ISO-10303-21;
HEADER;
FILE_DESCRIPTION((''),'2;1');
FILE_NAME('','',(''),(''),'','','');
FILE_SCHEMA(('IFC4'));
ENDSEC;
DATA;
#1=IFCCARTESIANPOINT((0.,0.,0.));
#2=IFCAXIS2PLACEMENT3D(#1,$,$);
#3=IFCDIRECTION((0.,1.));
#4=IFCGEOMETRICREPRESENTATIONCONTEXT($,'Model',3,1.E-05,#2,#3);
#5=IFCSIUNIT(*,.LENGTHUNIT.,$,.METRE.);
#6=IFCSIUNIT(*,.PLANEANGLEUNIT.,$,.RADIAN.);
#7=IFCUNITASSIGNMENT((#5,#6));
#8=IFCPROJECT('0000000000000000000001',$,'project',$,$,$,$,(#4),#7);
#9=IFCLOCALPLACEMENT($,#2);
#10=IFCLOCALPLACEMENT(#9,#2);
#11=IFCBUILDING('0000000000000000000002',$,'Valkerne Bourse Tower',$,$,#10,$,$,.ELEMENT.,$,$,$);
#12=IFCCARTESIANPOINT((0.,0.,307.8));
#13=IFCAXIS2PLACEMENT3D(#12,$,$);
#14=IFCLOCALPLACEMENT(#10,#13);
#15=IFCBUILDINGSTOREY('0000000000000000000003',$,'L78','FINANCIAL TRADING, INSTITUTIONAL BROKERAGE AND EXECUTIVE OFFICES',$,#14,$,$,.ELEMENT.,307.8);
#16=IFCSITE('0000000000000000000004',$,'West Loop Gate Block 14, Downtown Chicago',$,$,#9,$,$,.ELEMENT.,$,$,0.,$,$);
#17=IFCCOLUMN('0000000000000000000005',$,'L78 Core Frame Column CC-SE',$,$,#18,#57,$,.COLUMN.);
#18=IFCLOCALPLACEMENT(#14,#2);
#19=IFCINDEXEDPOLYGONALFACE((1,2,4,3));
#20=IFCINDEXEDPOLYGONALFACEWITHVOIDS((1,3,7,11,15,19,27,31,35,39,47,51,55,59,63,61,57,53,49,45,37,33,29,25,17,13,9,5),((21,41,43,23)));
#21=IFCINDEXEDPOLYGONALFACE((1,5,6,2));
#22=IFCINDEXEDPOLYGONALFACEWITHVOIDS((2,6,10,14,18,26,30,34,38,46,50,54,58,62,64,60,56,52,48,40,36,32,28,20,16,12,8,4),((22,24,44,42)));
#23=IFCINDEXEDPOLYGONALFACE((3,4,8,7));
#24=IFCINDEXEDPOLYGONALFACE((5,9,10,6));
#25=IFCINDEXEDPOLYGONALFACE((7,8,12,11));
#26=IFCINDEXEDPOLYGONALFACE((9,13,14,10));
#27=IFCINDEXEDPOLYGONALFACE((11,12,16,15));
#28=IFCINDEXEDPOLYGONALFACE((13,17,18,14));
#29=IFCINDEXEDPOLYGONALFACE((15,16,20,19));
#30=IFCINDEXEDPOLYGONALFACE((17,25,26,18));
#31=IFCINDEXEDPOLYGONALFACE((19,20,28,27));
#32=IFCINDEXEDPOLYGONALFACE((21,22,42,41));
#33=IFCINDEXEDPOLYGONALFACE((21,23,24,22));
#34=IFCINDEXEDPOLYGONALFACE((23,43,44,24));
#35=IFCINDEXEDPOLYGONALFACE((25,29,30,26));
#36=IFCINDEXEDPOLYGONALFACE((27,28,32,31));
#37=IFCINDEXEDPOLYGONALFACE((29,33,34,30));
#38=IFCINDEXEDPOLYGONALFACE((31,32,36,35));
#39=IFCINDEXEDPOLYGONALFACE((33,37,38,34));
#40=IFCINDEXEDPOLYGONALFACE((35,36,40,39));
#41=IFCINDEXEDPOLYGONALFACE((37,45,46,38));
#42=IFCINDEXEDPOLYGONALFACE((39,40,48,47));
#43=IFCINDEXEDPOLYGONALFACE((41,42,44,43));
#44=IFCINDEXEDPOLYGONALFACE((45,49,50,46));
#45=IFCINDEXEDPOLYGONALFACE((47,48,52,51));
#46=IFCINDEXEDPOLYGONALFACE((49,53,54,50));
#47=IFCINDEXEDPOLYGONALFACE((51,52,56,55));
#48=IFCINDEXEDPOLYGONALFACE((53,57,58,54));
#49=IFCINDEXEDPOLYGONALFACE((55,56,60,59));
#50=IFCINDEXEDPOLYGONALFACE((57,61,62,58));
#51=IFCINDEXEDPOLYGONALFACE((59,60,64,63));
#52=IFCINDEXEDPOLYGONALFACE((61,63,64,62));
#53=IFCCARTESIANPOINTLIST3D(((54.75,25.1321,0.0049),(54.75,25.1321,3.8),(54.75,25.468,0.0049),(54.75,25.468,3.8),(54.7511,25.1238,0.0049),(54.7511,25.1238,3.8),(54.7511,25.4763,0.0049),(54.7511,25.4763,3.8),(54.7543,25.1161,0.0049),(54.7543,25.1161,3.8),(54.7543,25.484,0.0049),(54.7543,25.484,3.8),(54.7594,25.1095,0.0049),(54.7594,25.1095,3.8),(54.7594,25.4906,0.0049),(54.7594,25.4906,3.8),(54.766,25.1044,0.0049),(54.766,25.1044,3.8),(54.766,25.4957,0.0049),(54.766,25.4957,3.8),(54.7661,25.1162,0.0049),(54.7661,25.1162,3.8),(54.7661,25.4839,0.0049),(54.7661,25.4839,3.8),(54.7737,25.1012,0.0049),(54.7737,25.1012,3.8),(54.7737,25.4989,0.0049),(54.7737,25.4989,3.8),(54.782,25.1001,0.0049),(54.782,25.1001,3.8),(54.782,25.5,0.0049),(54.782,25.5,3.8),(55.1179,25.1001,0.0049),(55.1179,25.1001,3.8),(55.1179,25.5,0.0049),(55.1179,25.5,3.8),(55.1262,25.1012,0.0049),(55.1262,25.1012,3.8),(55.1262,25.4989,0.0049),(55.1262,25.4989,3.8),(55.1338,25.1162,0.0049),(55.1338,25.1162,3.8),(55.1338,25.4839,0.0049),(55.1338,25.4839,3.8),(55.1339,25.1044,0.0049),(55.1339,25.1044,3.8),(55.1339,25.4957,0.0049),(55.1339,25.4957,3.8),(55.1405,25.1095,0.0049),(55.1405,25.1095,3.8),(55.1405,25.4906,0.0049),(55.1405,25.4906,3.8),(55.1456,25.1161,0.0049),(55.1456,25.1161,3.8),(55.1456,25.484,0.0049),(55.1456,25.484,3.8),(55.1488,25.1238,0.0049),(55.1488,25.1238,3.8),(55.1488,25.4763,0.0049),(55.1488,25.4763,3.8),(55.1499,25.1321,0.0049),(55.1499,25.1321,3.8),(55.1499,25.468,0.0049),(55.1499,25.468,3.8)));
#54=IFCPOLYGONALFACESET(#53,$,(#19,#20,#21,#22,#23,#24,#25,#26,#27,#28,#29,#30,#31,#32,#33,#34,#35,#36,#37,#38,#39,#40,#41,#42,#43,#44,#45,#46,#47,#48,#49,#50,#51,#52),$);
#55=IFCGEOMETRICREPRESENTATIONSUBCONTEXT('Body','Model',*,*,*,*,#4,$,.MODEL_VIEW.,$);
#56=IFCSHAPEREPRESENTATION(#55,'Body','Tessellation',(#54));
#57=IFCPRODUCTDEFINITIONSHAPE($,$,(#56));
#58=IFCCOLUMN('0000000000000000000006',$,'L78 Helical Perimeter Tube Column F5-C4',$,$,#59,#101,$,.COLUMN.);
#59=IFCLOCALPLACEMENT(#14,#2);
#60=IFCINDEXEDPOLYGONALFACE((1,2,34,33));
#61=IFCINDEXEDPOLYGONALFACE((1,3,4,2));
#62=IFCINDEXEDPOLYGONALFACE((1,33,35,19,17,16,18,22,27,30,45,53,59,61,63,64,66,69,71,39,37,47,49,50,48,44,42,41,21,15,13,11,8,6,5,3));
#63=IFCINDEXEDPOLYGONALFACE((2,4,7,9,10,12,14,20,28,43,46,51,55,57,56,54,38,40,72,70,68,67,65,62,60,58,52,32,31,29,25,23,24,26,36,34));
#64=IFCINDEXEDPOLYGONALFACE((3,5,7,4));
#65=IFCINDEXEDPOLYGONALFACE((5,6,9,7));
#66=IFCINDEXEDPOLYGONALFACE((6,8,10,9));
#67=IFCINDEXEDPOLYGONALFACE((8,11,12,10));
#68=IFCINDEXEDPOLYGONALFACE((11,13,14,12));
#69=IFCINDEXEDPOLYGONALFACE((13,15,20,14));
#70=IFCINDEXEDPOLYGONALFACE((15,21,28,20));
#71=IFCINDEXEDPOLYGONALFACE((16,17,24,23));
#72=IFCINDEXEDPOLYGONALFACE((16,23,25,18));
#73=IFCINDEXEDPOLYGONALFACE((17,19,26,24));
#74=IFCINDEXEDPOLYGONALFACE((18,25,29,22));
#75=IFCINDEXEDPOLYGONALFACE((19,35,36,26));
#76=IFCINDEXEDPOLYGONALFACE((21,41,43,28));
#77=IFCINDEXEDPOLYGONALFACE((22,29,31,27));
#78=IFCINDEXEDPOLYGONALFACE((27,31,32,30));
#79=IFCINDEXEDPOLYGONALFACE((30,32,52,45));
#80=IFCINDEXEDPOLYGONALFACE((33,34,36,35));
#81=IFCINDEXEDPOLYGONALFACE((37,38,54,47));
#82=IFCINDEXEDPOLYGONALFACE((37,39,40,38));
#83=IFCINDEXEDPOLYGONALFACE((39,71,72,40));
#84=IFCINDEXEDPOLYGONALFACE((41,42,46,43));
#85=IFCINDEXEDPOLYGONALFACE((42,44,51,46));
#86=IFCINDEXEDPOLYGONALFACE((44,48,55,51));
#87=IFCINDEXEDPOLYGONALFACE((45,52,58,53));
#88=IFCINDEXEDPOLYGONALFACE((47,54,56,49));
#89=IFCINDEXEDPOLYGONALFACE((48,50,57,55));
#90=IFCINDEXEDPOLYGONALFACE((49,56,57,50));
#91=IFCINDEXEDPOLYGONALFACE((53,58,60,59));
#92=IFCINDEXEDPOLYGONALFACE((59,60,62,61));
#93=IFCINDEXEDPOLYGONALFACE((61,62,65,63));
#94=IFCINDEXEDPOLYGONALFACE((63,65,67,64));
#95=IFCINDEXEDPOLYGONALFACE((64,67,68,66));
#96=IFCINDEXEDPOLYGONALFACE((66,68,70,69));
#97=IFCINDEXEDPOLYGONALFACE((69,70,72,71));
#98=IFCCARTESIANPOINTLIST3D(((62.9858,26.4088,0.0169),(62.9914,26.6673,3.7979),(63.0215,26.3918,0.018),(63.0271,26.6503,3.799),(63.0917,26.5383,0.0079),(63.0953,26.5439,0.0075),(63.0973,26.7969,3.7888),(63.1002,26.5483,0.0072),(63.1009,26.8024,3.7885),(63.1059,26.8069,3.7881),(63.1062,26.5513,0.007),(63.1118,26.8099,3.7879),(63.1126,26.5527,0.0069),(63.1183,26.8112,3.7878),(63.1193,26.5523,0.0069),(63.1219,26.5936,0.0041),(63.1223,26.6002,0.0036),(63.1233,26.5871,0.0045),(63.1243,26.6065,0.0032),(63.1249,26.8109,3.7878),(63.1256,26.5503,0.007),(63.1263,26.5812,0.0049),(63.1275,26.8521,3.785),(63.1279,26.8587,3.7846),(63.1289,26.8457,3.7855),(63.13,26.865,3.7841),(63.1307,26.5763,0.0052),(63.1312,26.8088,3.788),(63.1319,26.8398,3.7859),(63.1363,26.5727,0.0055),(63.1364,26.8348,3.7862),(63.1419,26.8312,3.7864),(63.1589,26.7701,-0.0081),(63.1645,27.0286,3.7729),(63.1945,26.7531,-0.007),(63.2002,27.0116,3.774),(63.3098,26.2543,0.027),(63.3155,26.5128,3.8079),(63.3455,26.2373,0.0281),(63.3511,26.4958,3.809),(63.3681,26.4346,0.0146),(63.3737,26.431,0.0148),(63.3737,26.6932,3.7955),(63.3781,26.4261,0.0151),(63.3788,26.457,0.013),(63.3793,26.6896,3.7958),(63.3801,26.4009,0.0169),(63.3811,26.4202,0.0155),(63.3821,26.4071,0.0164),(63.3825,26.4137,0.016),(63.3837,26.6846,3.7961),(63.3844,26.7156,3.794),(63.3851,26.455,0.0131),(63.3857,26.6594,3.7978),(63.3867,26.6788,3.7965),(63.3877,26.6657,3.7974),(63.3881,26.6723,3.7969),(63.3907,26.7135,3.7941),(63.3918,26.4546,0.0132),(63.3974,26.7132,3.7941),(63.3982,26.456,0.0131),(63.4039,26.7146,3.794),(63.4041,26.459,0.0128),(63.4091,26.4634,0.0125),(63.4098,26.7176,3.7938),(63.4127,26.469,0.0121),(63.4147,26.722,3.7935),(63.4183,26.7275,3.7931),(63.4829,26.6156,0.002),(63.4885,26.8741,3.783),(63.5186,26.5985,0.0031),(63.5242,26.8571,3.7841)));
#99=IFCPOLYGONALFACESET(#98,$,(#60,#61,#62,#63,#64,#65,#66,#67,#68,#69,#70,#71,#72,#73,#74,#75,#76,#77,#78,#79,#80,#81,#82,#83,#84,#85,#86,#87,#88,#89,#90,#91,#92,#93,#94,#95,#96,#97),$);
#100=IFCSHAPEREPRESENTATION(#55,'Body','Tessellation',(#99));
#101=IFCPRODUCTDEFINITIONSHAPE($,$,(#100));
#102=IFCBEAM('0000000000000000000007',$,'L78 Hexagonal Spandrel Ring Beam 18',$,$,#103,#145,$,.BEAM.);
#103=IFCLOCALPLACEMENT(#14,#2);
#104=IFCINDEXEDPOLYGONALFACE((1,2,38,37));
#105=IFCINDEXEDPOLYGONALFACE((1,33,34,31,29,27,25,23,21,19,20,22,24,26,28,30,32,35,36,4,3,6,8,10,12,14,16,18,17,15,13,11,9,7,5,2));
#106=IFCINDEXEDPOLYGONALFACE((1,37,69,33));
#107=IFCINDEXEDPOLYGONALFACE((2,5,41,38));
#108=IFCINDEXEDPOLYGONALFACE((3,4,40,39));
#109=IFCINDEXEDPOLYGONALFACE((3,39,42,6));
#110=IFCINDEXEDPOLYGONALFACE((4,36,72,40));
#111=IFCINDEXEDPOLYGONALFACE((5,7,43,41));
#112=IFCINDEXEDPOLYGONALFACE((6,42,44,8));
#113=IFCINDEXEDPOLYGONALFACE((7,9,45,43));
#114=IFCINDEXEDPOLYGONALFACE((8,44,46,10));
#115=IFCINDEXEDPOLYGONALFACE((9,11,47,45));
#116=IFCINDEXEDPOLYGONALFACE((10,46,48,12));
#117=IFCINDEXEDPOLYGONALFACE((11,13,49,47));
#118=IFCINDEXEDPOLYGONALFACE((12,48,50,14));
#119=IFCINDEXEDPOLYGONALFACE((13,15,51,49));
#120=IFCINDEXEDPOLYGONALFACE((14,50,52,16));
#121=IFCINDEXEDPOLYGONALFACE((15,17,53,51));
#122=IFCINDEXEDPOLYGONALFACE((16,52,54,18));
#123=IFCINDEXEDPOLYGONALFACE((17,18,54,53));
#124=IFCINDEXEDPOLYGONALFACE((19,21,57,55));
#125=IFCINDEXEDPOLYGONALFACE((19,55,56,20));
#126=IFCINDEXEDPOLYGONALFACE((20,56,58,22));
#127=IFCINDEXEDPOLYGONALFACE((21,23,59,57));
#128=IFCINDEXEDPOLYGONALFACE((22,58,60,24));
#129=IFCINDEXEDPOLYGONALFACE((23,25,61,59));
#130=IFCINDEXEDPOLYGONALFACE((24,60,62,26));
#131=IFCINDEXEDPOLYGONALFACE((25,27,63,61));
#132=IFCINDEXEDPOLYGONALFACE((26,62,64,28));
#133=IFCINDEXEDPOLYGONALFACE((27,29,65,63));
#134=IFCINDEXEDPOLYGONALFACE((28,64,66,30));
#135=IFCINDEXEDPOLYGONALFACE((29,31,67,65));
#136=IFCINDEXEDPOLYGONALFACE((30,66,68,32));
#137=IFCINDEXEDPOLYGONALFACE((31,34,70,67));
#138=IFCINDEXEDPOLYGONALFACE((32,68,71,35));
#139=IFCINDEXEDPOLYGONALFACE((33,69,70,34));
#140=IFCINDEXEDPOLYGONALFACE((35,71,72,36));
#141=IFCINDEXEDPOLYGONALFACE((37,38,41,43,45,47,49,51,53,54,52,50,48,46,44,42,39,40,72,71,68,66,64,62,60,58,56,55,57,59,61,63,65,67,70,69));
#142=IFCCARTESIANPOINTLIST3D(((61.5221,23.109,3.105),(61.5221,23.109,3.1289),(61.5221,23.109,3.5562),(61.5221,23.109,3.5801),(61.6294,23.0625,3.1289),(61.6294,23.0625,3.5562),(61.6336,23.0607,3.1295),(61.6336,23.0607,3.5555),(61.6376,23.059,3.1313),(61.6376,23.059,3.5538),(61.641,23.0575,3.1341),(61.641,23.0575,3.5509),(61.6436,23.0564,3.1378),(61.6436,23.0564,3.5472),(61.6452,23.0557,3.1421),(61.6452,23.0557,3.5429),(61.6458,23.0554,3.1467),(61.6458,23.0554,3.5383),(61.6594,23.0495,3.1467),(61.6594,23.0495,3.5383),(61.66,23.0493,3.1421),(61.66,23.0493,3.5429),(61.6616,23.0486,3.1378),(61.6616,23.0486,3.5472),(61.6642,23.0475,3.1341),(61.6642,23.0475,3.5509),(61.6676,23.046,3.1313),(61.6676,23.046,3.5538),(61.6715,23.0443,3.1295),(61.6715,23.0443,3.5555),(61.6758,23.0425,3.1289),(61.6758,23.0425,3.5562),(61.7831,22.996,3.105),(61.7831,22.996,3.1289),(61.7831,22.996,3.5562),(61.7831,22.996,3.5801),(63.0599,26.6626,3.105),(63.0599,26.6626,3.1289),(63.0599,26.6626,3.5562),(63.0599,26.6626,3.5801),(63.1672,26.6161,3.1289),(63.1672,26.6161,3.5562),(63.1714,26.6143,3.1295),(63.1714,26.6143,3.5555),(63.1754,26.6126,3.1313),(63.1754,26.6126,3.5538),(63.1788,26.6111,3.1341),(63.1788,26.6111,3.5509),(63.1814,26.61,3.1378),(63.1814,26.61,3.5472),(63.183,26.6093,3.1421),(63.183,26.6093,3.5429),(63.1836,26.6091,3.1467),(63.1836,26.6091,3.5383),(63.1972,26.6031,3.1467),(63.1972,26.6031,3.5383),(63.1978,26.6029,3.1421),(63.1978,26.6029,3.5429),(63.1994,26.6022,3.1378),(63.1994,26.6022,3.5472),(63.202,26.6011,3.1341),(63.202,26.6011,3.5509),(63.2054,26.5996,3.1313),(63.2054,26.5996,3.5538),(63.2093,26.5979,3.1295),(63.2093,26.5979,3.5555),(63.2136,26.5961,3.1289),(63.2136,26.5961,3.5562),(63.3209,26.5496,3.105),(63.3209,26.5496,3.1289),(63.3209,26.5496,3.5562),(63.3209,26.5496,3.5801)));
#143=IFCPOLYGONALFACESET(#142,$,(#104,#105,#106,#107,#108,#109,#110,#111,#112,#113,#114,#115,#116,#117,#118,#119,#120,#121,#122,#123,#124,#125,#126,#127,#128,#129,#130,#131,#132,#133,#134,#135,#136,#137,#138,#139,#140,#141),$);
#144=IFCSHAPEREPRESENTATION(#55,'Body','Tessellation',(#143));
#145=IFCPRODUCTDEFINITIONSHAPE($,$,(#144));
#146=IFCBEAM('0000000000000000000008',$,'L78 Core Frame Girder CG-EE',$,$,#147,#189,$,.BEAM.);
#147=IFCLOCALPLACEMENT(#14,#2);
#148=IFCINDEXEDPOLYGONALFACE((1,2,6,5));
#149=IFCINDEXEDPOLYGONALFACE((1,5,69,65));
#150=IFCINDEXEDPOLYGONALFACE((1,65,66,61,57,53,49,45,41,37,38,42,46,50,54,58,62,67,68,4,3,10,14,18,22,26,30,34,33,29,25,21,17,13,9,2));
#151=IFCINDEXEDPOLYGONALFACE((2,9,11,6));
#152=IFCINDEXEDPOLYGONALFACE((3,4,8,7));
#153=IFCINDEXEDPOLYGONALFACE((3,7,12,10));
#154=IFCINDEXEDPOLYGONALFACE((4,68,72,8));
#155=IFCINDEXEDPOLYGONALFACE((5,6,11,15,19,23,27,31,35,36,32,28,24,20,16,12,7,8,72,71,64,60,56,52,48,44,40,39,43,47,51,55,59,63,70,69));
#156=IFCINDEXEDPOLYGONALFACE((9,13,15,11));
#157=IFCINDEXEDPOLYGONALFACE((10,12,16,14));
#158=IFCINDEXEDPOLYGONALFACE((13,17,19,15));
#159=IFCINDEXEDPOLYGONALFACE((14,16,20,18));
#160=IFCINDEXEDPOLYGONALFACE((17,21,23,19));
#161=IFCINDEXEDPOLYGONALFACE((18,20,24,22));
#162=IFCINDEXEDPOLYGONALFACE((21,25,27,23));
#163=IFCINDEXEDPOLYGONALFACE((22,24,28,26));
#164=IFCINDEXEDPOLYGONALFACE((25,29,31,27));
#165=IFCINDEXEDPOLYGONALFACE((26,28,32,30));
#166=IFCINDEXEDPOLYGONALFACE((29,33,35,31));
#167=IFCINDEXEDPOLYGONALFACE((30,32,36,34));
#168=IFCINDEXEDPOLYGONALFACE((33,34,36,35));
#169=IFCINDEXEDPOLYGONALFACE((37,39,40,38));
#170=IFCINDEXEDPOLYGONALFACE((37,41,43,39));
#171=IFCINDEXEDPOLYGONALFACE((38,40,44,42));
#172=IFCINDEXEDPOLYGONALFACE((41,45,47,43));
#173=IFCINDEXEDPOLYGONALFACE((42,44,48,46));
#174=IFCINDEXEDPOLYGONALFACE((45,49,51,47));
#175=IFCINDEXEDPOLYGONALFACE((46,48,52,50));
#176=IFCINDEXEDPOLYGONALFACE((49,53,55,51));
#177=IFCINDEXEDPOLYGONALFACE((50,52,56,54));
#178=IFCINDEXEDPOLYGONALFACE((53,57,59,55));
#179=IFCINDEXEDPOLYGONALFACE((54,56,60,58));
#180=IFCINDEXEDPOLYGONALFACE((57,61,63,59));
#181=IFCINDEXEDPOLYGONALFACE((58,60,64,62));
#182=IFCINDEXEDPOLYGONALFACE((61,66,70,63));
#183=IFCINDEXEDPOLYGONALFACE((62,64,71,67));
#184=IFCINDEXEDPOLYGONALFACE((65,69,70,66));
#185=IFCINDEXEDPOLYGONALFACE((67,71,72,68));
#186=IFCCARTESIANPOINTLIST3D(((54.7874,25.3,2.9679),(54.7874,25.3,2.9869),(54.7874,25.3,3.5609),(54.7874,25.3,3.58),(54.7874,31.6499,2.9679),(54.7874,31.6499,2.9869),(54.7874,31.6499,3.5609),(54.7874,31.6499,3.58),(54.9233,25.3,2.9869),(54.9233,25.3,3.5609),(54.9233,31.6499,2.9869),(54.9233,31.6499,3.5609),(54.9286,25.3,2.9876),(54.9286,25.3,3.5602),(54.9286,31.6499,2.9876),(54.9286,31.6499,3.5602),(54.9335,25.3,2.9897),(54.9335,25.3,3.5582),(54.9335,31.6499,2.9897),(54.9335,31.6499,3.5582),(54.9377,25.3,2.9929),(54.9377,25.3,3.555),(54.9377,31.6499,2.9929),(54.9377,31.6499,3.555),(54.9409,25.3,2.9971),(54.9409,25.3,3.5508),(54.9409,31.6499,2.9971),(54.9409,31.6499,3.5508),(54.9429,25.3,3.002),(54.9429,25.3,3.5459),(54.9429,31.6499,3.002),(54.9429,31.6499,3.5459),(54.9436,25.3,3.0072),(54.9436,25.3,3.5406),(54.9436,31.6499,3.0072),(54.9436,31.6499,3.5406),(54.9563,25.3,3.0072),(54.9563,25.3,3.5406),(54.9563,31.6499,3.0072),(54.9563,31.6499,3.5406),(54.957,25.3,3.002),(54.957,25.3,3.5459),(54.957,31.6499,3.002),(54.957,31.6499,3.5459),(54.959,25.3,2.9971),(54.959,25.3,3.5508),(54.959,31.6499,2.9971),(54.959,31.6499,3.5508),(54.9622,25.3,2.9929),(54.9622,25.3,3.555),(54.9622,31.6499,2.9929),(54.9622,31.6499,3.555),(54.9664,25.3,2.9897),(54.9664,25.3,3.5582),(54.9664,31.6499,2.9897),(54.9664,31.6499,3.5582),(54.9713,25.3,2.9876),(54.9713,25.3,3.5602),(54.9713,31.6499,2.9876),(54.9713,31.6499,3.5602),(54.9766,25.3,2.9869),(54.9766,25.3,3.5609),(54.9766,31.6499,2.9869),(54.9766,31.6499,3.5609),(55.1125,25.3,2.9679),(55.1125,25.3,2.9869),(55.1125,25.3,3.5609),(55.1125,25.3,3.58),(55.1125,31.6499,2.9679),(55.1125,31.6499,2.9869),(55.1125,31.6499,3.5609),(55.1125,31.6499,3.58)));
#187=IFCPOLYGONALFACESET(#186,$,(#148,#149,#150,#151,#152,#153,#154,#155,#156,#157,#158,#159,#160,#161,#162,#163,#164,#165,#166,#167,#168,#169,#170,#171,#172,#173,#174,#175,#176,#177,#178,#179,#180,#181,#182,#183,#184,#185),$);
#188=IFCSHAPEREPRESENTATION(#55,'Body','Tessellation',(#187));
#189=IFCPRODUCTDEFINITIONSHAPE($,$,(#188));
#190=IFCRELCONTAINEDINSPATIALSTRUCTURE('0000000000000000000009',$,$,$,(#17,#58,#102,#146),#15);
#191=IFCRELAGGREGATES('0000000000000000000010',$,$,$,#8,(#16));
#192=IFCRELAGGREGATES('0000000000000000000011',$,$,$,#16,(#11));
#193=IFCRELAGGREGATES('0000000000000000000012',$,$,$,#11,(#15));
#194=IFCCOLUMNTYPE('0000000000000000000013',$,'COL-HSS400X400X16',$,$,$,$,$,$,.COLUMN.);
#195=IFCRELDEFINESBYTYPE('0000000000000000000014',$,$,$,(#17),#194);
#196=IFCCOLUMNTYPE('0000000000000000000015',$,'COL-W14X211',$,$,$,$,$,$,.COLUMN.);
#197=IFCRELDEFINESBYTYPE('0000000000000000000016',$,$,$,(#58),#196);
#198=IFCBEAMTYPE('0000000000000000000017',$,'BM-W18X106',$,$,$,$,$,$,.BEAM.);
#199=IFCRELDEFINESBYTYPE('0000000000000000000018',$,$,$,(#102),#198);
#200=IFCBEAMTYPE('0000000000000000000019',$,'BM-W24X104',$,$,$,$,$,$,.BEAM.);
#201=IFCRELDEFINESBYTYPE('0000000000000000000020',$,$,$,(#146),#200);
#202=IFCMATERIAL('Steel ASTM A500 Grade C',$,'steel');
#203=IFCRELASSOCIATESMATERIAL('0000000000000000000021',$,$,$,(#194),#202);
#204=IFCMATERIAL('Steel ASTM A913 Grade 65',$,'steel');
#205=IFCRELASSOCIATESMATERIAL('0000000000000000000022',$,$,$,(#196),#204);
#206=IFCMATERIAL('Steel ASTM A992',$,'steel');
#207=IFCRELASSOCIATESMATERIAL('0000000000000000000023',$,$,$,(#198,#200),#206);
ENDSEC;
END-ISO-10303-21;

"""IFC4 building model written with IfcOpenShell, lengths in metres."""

from ifc_helpers import new_model, si_unit, direction, frame, origin, origin_2d, place, context, subcontext, project, spatial, hollow_rectangle, i_section, extrude, material, material_profile, profile_set, type_object, element, save


model = new_model("IFC4")

# Units and contexts
model_context = context("Model", 3, precision=1e-05, world=origin(), true_north=direction((0.0, 1.0)))
body_context = subcontext(model_context, "Body", "Model", "MODEL_VIEW")
ifc_project = project(units=[si_unit("LENGTHUNIT", "METRE"), si_unit("PLANEANGLEUNIT", "RADIAN")], contexts=[model_context])

# Site, building, storey
site_placement = place(None, origin())
site = spatial("IfcSite", under=ifc_project, at=site_placement, Name="West Loop Gate Block 14, Downtown Chicago", CompositionType="ELEMENT", RefElevation=0.0)
building_placement = place(site_placement, origin())
building = spatial("IfcBuilding", under=site, at=building_placement, Name="Valkerne Bourse Tower", CompositionType="ELEMENT")
storey_placement = place(building_placement, frame((0.0, 0.0, 307.8)))
storey = spatial("IfcBuildingStorey", under=building, at=storey_placement, Name="L78", Description="FINANCIAL TRADING, INSTITUTIONAL BROKERAGE AND EXECUTIVE OFFICES", CompositionType="ELEMENT", Elevation=307.8)

# Columns
ifc_material_1 = material(Name="Steel ASTM A500 Grade C", Category="steel")
ifc_material_profile_1 = material_profile(ifc_material_1, hollow_rectangle(XDim=0.3999, YDim=0.3999, WallThickness=0.0161, OuterFilletRadius=0.032, at=origin_2d()), Name="HSS400X400X16")
ifc_profile_set_1 = profile_set([ifc_material_profile_1], Name="Steel ASTM A500 Grade C")
column_type_1 = type_object("IfcColumnType", Name="COL-HSS400X400X16", PredefinedType="COLUMN", material=ifc_profile_set_1)
column_1_placement = place(storey_placement, frame((54.95, 25.3, 0.0049), z_axis=(0.0, 0.0, 1.0), x_axis=(1.0, 0.0, 0.0)))
element("IfcColumn", 1, at=column_1_placement, inside=storey, type_object=column_type_1, Name="L78 Core Frame Column CC-SE", PredefinedType="COLUMN", context=body_context, shape_type="SweptSolid", body=[
    extrude(hollow_rectangle(XDim=0.3999, YDim=0.3999, WallThickness=0.0161, OuterFilletRadius=0.032, at=origin_2d()), origin(), (0.0, 0.0, 1.0), 3.7952),
])
ifc_material_2 = material(Name="Steel ASTM A913 Grade 65", Category="steel")
ifc_material_profile_2 = material_profile(ifc_material_2, i_section(OverallWidth=0.4014, OverallDepth=0.3987, WebThickness=0.0249, FlangeThickness=0.0396, FilletRadius=0.0254, at=origin_2d()), Name="W14X211")
ifc_profile_set_2 = profile_set([ifc_material_profile_2], Name="Steel ASTM A913 Grade 65")
column_type_2 = type_object("IfcColumnType", Name="COL-W14X211", PredefinedType="COLUMN", material=ifc_profile_set_2)
column_2_placement = place(storey_placement, frame((63.2522, 26.5037, 0.01), z_axis=(0.001482, 0.068221, 0.997669), x_axis=(-0.431161, -0.900129, 0.062191)))
element("IfcColumn", 2, at=column_2_placement, inside=storey, type_object=column_type_2, Name="L78 Helical Perimeter Tube Column F5-C4", PredefinedType="COLUMN", context=body_context, shape_type="SweptSolid", body=[
    extrude(i_section(OverallWidth=0.4014, OverallDepth=0.3987, WebThickness=0.0249, FlangeThickness=0.0396, FilletRadius=0.0254, at=origin_2d()), origin(), (0.0, 0.0, 1.0), 3.7898),
])

# Beams
ifc_material_3 = material(Name="Steel ASTM A992", Category="steel")
ifc_material_profile_3 = material_profile(ifc_material_3, i_section(OverallWidth=0.2844, OverallDepth=0.4751, WebThickness=0.0149, FlangeThickness=0.0239, FilletRadius=0.0178, at=origin_2d()), Name="W18X106")
ifc_profile_set_3 = profile_set([ifc_material_profile_3], Name="Steel ASTM A992")
beam_type_1 = type_object("IfcBeamType", Name="BM-W18X106", PredefinedType="BEAM", material=ifc_profile_set_3)
beam_1_placement = place(storey_placement, frame((61.6526, 23.0525, 3.3425), z_axis=(0.397151, 0.917753, 0.0), x_axis=(-0.917753, 0.397151, 0.0)))
element("IfcBeam", 3, at=beam_1_placement, inside=storey, type_object=beam_type_1, Name="L78 Hexagonal Spandrel Ring Beam 18", PredefinedType="BEAM", context=body_context, shape_type="SweptSolid", body=[
    extrude(i_section(OverallWidth=0.2844, OverallDepth=0.4751, WebThickness=0.0149, FlangeThickness=0.0239, FilletRadius=0.0178, at=origin_2d()), origin(), (0.0, 0.0, 1.0), 3.8721),
])
ifc_material_profile_4 = material_profile(ifc_material_3, i_section(OverallWidth=0.3252, OverallDepth=0.6121, WebThickness=0.0127, FlangeThickness=0.019, FilletRadius=0.0203, at=origin_2d()), Name="W24X104")
ifc_profile_set_4 = profile_set([ifc_material_profile_4], Name="Steel ASTM A992")
beam_type_2 = type_object("IfcBeamType", Name="BM-W24X104", PredefinedType="BEAM", material=ifc_profile_set_4)
beam_2_placement = place(storey_placement, frame((54.95, 25.3, 3.2739), z_axis=(0.0, 1.0, 0.0), x_axis=(-1.0, 0.0, 0.0)))
element("IfcBeam", 4, at=beam_2_placement, inside=storey, type_object=beam_type_2, Name="L78 Core Frame Girder CG-EE", PredefinedType="BEAM", context=body_context, shape_type="SweptSolid", body=[
    extrude(i_section(OverallWidth=0.3252, OverallDepth=0.6121, WebThickness=0.0127, FlangeThickness=0.019, FilletRadius=0.0203, at=origin_2d()), origin(), (0.0, 0.0, 1.0), 6.3499),
])

save(model, "model.ifc")
